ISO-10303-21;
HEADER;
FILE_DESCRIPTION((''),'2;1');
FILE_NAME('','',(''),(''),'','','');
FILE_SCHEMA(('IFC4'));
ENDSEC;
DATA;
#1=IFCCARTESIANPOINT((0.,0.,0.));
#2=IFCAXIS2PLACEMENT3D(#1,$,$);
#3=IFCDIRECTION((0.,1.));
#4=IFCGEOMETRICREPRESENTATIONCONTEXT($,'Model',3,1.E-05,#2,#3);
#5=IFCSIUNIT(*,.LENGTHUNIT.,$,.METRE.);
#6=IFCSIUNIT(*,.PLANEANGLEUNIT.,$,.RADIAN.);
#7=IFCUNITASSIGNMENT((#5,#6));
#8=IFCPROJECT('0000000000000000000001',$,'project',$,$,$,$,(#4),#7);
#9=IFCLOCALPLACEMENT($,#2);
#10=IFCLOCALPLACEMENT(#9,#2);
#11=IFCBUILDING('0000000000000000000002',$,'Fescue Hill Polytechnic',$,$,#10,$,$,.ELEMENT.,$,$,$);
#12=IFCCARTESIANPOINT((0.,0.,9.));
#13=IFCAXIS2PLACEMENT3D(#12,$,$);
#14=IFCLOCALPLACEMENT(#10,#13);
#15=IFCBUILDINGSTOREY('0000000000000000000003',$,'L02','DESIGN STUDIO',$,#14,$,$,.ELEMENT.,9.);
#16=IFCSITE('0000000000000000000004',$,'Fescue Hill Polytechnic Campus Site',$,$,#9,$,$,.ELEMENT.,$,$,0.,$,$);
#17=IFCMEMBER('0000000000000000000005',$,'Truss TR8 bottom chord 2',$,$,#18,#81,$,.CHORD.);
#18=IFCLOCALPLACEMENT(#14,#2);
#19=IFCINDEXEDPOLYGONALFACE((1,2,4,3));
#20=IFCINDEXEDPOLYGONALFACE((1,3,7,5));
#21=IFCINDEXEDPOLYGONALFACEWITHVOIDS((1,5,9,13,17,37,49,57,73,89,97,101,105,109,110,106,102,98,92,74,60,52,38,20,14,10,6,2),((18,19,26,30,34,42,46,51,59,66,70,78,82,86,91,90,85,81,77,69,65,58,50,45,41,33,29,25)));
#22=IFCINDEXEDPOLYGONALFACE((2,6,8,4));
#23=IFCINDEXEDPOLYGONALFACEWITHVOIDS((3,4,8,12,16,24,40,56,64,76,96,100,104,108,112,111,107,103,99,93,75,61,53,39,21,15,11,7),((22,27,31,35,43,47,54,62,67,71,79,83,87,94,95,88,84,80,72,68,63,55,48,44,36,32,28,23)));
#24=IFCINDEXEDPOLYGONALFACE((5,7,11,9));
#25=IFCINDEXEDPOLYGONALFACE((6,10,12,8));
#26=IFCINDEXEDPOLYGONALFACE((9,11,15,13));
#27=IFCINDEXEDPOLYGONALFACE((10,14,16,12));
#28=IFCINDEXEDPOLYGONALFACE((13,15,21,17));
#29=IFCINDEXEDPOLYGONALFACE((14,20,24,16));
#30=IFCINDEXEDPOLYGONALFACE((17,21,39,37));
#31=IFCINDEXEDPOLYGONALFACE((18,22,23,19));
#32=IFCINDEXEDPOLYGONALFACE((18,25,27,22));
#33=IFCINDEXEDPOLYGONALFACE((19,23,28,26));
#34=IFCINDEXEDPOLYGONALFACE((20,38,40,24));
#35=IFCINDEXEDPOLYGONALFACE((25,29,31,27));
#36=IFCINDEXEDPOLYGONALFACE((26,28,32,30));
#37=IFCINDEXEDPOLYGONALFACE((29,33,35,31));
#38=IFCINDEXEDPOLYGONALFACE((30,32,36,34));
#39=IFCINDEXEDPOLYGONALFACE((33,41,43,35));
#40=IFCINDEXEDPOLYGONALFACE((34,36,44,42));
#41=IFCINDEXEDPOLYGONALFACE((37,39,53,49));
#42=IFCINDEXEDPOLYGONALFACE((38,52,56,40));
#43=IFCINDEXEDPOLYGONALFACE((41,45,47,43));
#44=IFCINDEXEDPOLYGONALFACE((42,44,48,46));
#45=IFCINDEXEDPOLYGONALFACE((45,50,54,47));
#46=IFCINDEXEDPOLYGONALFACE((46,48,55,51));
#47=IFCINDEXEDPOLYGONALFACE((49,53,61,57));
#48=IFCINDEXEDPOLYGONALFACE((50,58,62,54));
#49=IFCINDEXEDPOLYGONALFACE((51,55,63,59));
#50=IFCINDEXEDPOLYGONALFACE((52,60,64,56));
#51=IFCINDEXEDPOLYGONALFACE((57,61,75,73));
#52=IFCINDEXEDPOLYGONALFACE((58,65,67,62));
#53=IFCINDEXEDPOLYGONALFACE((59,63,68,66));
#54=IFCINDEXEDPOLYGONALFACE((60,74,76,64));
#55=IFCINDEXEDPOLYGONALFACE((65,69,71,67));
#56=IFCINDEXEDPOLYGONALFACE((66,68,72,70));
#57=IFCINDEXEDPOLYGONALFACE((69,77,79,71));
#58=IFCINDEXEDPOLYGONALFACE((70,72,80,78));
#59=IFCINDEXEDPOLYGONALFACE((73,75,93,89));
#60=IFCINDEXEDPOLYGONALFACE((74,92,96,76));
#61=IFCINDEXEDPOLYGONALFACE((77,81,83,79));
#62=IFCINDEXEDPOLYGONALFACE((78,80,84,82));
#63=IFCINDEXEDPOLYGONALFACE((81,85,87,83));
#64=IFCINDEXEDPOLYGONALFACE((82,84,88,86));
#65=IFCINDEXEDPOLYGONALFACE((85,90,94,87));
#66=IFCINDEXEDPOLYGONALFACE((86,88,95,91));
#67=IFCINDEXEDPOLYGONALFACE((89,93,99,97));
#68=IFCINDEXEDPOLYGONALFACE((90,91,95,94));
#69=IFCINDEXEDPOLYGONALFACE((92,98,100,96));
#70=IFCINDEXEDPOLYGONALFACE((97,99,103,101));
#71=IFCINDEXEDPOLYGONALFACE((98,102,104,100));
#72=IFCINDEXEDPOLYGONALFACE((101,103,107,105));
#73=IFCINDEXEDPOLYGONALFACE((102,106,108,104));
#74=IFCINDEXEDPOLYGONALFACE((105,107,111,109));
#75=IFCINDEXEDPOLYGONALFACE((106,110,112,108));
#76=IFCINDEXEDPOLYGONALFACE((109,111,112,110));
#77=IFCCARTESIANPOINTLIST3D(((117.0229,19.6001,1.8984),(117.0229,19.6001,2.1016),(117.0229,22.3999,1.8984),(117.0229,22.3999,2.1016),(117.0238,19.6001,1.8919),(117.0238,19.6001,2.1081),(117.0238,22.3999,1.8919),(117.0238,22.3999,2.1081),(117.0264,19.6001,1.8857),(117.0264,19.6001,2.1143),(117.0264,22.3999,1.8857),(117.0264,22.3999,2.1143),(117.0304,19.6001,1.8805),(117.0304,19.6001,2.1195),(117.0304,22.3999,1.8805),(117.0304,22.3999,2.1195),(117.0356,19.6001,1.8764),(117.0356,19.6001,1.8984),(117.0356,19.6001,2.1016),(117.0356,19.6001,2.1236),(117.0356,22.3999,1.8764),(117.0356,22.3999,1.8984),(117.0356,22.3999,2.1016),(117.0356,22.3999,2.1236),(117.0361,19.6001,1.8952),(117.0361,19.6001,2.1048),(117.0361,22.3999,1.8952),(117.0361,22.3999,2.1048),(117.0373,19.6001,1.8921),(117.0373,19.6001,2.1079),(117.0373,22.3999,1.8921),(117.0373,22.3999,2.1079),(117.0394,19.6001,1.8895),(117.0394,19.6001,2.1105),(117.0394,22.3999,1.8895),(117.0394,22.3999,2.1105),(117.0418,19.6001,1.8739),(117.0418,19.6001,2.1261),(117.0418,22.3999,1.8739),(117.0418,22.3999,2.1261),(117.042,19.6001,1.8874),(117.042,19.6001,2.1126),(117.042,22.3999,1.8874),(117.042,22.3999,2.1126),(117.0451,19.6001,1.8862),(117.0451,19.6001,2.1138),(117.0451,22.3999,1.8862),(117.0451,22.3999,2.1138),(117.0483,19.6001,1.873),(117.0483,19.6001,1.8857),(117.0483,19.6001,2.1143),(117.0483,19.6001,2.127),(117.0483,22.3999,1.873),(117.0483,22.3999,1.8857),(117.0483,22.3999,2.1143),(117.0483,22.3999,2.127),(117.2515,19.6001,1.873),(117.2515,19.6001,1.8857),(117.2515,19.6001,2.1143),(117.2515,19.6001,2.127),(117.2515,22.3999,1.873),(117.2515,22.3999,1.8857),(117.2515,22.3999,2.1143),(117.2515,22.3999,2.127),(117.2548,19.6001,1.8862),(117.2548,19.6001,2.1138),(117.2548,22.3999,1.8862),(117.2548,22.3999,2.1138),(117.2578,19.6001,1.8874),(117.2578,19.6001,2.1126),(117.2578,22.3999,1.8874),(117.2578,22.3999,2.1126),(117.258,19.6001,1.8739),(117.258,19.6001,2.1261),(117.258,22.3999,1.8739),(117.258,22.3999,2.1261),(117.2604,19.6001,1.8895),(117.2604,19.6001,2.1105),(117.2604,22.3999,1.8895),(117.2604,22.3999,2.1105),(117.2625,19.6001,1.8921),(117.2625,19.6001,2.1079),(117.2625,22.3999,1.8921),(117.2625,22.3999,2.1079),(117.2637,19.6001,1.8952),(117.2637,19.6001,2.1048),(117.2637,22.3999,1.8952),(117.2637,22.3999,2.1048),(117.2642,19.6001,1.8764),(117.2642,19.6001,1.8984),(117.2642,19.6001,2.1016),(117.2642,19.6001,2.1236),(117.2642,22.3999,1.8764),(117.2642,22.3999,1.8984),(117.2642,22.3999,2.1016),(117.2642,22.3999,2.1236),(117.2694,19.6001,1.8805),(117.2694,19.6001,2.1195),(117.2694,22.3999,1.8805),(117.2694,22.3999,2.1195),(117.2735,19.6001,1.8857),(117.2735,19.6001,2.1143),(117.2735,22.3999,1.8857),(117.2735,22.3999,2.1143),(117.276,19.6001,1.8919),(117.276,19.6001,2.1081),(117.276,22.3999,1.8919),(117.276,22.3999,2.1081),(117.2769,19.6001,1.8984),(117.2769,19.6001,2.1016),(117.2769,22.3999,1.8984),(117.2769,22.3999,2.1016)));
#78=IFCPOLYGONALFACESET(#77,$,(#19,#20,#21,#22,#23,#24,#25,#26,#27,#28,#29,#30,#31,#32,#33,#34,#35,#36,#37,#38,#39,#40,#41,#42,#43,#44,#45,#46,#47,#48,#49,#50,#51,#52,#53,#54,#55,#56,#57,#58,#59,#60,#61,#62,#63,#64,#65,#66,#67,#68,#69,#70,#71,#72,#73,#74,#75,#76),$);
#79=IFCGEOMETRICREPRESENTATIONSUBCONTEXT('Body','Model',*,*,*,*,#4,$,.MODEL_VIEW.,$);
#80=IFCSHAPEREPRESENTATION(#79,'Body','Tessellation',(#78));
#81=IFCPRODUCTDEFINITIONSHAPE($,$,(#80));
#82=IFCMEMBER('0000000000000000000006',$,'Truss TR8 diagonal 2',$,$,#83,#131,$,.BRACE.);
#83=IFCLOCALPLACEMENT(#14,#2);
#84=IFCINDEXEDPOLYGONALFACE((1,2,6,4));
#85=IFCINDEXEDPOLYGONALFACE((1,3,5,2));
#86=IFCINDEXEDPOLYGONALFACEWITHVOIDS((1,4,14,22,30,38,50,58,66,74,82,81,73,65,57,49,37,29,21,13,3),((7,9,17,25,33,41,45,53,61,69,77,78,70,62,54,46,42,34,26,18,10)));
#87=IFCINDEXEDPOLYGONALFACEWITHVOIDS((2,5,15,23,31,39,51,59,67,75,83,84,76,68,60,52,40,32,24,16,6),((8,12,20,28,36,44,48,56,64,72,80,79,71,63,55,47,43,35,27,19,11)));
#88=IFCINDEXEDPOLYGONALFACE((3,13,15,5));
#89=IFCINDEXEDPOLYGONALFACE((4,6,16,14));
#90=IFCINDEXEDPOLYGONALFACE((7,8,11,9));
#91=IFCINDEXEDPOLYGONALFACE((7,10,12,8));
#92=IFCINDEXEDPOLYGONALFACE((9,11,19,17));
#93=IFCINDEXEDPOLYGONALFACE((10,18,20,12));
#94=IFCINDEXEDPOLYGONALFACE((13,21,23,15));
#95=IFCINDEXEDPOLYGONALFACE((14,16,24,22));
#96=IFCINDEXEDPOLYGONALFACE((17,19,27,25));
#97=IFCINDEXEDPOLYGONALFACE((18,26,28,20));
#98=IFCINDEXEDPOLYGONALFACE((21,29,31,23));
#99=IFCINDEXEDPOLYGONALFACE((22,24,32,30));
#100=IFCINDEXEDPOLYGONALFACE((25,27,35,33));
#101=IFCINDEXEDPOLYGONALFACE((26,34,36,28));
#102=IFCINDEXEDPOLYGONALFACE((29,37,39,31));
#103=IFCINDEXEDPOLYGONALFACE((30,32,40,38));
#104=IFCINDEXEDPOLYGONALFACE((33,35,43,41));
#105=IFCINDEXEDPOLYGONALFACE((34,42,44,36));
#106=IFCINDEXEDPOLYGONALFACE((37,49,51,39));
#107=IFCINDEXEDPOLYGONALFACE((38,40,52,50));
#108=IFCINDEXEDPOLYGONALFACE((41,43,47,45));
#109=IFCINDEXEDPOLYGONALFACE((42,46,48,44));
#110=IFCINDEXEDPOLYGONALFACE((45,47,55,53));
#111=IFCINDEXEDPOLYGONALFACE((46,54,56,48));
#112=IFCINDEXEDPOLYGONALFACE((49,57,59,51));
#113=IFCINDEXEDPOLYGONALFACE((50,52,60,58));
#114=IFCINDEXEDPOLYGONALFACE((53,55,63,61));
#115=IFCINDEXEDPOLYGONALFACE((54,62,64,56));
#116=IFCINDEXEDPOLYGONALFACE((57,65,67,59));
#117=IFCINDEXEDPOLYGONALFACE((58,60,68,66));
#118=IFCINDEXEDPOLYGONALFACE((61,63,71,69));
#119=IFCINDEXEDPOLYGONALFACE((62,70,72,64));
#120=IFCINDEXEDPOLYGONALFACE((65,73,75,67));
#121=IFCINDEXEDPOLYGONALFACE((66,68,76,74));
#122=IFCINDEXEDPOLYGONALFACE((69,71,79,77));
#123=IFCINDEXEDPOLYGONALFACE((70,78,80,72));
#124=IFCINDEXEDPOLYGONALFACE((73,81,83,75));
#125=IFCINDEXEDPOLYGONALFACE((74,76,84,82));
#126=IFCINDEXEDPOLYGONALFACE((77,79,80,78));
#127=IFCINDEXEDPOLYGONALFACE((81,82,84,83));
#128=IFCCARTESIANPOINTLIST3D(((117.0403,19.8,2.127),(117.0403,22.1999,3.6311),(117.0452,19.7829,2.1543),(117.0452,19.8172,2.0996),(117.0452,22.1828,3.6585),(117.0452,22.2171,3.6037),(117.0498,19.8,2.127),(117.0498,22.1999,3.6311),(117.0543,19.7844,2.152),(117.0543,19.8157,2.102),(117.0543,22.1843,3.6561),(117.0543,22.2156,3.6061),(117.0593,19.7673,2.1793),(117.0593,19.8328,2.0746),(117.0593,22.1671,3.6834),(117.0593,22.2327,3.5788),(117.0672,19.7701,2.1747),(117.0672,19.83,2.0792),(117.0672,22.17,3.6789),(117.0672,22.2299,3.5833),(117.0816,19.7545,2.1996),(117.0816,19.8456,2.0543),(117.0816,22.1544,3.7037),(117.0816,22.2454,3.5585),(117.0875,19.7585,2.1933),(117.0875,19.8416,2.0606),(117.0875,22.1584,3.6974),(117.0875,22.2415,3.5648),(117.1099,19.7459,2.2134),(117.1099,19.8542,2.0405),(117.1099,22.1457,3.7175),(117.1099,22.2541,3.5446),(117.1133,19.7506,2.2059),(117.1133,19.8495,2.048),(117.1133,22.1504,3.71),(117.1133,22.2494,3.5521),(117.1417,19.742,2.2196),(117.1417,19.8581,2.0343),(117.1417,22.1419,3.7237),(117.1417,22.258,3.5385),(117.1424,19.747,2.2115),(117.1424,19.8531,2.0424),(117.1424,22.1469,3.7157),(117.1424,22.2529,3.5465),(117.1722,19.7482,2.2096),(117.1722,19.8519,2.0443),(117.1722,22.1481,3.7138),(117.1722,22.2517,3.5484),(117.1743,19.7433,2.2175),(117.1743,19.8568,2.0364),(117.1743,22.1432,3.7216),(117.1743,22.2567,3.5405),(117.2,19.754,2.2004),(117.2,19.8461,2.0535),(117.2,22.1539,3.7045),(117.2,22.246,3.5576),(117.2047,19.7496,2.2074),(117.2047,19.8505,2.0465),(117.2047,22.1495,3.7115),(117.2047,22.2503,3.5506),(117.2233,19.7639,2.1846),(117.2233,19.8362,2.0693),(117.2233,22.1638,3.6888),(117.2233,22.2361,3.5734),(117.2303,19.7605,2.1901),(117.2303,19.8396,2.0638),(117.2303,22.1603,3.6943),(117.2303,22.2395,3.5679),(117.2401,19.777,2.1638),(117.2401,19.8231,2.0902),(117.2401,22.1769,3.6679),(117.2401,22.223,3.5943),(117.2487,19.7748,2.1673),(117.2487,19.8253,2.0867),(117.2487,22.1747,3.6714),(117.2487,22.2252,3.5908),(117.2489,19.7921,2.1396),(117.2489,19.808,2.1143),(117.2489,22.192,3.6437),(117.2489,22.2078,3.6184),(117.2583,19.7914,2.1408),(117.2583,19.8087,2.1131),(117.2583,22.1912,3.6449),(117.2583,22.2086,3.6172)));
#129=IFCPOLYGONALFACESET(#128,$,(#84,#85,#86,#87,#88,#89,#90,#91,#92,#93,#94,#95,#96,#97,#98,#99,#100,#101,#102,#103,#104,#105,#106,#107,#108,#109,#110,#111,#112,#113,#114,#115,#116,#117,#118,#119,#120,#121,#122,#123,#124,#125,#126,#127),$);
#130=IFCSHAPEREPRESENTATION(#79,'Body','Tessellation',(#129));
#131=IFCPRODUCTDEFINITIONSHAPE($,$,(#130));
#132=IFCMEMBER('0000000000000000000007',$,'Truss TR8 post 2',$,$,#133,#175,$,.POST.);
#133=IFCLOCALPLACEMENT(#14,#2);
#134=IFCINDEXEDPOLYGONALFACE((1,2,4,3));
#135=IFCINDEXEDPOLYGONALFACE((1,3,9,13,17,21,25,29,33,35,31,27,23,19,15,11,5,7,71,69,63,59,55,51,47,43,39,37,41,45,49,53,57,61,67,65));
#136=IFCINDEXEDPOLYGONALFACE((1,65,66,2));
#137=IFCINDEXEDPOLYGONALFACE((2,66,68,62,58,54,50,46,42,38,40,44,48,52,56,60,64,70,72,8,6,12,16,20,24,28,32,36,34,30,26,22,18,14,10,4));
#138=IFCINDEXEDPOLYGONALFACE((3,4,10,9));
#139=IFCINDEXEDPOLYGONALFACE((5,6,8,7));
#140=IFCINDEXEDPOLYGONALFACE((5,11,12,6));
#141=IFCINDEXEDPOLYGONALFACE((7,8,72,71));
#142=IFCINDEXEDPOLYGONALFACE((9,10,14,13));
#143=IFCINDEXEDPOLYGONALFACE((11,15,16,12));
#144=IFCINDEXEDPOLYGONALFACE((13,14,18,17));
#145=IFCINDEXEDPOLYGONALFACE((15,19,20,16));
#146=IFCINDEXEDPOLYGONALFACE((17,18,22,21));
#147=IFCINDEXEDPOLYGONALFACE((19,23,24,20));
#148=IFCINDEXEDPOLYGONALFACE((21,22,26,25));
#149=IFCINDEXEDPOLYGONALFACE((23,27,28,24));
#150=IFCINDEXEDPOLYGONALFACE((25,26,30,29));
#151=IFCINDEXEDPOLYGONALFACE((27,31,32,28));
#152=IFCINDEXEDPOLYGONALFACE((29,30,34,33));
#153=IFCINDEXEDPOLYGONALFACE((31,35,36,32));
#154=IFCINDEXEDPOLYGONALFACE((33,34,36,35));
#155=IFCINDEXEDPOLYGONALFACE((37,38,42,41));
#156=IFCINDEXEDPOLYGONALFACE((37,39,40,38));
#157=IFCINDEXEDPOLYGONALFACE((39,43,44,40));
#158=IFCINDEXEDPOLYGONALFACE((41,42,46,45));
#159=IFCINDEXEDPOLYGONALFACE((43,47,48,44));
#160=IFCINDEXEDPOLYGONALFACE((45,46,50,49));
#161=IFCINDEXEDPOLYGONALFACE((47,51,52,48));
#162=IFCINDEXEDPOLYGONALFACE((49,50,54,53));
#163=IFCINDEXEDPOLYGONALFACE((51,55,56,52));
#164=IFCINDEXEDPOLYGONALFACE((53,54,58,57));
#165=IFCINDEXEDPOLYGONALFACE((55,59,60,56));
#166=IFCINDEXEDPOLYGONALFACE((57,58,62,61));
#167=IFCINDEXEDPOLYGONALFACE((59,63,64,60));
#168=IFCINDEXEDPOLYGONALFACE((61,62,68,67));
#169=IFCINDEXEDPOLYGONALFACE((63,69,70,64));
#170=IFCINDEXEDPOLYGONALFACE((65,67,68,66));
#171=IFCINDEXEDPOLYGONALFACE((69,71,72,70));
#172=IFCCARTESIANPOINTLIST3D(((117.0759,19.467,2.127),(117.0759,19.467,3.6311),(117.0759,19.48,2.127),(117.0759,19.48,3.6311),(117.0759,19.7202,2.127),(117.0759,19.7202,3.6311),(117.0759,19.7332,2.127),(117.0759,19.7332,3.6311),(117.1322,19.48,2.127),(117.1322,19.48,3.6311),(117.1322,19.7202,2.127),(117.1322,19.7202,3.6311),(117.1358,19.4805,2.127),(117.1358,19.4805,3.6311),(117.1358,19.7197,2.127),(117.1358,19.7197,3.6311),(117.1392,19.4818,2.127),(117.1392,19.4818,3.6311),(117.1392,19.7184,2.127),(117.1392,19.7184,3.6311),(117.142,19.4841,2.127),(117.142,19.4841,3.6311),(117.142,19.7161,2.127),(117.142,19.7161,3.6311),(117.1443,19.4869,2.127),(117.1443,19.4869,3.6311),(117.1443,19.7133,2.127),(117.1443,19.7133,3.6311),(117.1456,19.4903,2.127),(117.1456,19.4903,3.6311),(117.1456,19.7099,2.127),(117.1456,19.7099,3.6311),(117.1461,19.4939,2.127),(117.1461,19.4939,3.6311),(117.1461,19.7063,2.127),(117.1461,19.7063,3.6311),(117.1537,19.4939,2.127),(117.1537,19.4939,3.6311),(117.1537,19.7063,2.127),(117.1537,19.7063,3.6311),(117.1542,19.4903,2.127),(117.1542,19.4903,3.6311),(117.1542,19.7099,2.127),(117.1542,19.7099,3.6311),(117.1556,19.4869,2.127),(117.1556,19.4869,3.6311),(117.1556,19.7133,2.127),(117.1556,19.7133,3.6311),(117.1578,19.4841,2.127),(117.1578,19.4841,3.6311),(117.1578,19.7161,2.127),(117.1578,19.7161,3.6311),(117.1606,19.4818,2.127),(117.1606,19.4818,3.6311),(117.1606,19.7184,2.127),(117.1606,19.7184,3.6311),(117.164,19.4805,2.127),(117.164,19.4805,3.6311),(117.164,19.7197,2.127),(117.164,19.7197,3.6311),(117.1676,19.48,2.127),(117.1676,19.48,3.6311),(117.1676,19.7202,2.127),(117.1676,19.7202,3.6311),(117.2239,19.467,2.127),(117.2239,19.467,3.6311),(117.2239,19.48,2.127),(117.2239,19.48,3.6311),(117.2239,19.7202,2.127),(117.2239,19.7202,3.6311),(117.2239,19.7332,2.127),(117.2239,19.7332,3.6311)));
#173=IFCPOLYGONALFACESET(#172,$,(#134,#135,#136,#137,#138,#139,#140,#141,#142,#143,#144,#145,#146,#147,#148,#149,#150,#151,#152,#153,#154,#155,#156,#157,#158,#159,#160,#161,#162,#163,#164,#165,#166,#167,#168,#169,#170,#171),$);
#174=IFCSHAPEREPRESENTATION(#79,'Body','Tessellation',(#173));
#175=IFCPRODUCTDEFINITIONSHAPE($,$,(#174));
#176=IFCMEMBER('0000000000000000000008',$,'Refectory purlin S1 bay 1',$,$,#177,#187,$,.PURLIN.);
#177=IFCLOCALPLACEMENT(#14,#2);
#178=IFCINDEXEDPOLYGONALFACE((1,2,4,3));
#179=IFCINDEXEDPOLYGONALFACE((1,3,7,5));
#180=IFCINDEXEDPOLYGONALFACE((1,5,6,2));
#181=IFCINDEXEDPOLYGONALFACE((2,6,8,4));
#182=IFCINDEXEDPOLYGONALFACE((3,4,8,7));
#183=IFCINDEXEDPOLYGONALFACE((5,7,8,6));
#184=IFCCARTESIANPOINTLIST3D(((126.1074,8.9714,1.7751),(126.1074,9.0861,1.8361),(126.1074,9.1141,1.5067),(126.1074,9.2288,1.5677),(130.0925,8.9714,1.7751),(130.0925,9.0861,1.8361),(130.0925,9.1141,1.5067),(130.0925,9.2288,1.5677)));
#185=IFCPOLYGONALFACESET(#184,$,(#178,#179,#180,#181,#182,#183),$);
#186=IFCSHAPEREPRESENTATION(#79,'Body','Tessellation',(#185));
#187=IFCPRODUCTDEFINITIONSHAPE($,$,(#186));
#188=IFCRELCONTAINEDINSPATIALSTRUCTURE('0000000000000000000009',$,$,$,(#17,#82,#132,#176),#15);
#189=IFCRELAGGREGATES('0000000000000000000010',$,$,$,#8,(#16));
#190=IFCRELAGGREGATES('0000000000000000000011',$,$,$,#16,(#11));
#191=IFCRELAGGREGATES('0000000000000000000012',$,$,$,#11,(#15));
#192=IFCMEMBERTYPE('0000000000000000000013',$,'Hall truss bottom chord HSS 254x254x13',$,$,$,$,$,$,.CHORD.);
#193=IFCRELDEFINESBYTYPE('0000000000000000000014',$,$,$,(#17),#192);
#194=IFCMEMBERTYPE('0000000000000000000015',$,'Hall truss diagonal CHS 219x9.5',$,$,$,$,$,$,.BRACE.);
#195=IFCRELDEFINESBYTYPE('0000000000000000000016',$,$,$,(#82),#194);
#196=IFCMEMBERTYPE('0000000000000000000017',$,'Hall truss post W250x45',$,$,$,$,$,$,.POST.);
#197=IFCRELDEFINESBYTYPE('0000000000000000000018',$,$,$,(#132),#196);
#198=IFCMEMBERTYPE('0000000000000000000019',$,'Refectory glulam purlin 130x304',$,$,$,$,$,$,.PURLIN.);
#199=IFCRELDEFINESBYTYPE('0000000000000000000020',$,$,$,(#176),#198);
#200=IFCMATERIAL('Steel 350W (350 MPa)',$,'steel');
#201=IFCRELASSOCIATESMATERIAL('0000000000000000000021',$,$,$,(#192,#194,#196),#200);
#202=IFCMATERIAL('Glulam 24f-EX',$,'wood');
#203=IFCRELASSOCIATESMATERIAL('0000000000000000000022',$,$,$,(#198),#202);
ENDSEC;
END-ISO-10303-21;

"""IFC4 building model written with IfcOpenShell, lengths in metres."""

from ifc_helpers import new_model, si_unit, direction, frame, origin, origin_2d, place, context, subcontext, project, spatial, rectangle, hollow_rectangle, hollow_circle, i_section, extrude, material, material_profile, profile_set, type_object, element, save


model = new_model("IFC4")

# Units and contexts
model_context = context("Model", 3, precision=1e-05, world=origin(), true_north=direction((0.0, 1.0)))
body_context = subcontext(model_context, "Body", "Model", "MODEL_VIEW")
ifc_project = project(units=[si_unit("LENGTHUNIT", "METRE"), si_unit("PLANEANGLEUNIT", "RADIAN")], contexts=[model_context])

# Site, building, storey
site_placement = place(None, origin())
site = spatial("IfcSite", under=ifc_project, at=site_placement, Name="Fescue Hill Polytechnic Campus Site", CompositionType="ELEMENT", RefElevation=0.0)
building_placement = place(site_placement, origin())
building = spatial("IfcBuilding", under=site, at=building_placement, Name="Fescue Hill Polytechnic", CompositionType="ELEMENT")
storey_placement = place(building_placement, frame((0.0, 0.0, 9.0)))
storey = spatial("IfcBuildingStorey", under=building, at=storey_placement, Name="L02", Description="DESIGN STUDIO", CompositionType="ELEMENT", Elevation=9.0)

# Members
ifc_material_1 = material(Name="Steel 350W (350 MPa)", Category="steel")
ifc_material_profile_1 = material_profile(ifc_material_1, hollow_rectangle(XDim=0.2539, YDim=0.2539, WallThickness=0.0127, InnerFilletRadius=0.0127, OuterFilletRadius=0.0254, at=origin_2d()), Name="Hall truss bottom chord HSS 254x254x13")
ifc_profile_set_1 = profile_set([ifc_material_profile_1], Name="Steel 350W (350 MPa)")
member_type_1 = type_object("IfcMemberType", Name="Hall truss bottom chord HSS 254x254x13", PredefinedType="CHORD", material=ifc_profile_set_1)
member_1_placement = place(storey_placement, frame((117.1499, 19.6001, 2.0), z_axis=(0.0, 1.0, 0.0), x_axis=(-1.0, 0.0, 0.0)))
element("IfcMember", 1, at=member_1_placement, inside=storey, type_object=member_type_1, Name="Truss TR8 bottom chord 2", PredefinedType="CHORD", context=body_context, shape_type="SweptSolid", body=[
    extrude(hollow_rectangle(XDim=0.2539, YDim=0.2539, WallThickness=0.0127, InnerFilletRadius=0.0127, OuterFilletRadius=0.0254, at=origin_2d()), origin(), (0.0, 0.0, 1.0), 2.7998),
])
ifc_material_profile_2 = material_profile(ifc_material_1, hollow_circle(Radius=0.1096, WallThickness=0.0095, at=origin_2d()), Name="Hall truss diagonal CHS 219x9.5")
ifc_profile_set_2 = profile_set([ifc_material_profile_2], Name="Steel 350W (350 MPa)")
member_type_2 = type_object("IfcMemberType", Name="Hall truss diagonal CHS 219x9.5", PredefinedType="BRACE", material=ifc_profile_set_2)
member_2_placement = place(storey_placement, frame((117.1499, 19.8, 2.127), z_axis=(0.0, 0.847329, 0.531068), x_axis=(-1.0, 0.0, 0.0)))
element("IfcMember", 2, at=member_2_placement, inside=storey, type_object=member_type_2, Name="Truss TR8 diagonal 2", PredefinedType="BRACE", context=body_context, shape_type="SweptSolid", body=[
    extrude(hollow_circle(Radius=0.1096, WallThickness=0.0095, at=origin_2d()), origin(), (0.0, 0.0, 1.0), 2.8323),
])
ifc_material_profile_3 = material_profile(ifc_material_1, i_section(OverallWidth=0.1479, OverallDepth=0.2661, WebThickness=0.0076, FlangeThickness=0.0129, FilletRadius=0.0139, at=origin_2d()), Name="W250x45")
ifc_profile_set_3 = profile_set([ifc_material_profile_3], Name="Steel 350W (350 MPa)")
member_type_3 = type_object("IfcMemberType", Name="Hall truss post W250x45", PredefinedType="POST", material=ifc_profile_set_3)
member_3_placement = place(storey_placement, frame((117.1499, 19.6001, 2.127), z_axis=(0.0, 0.0, 1.0), x_axis=(1.0, 0.0, 0.0)))
element("IfcMember", 3, at=member_3_placement, inside=storey, type_object=member_type_3, Name="Truss TR8 post 2", PredefinedType="POST", context=body_context, shape_type="SweptSolid", body=[
    extrude(i_section(OverallWidth=0.1479, OverallDepth=0.2661, WebThickness=0.0076, FlangeThickness=0.0129, FilletRadius=0.0139, at=origin_2d()), origin(), (0.0, 0.0, 1.0), 1.5042),
])
ifc_material_2 = material(Name="Glulam 24f-EX", Category="wood")
ifc_material_profile_4 = material_profile(ifc_material_2, rectangle(XDim=0.1299, YDim=0.304, at=origin_2d()), Name="Refectory glulam purlin 130x304")
ifc_profile_set_4 = profile_set([ifc_material_profile_4], Name="Glulam 24f-EX")
member_type_4 = type_object("IfcMemberType", Name="Refectory glulam purlin 130x304", PredefinedType="PURLIN", material=ifc_profile_set_4)
for number, where, z_axis, x_axis, name in (
    (4, (126.1074, 9.1001, 1.6714), (1.0, 0.0, 0.0), (0.0, 0.882934, 0.469497), "Refectory purlin S1 bay 1"),
):
    element("IfcMember", number, at=place(storey_placement, frame(where, z_axis=z_axis, x_axis=x_axis)), inside=storey, type_object=member_type_4, Name=name, PredefinedType="PURLIN", context=body_context, shape_type="SweptSolid", body=[
        extrude(rectangle(XDim=0.1299, YDim=0.304, at=origin_2d()), origin(), (0.0, 0.0, 1.0), 3.9851),
    ])

save(model, "model.ifc")
